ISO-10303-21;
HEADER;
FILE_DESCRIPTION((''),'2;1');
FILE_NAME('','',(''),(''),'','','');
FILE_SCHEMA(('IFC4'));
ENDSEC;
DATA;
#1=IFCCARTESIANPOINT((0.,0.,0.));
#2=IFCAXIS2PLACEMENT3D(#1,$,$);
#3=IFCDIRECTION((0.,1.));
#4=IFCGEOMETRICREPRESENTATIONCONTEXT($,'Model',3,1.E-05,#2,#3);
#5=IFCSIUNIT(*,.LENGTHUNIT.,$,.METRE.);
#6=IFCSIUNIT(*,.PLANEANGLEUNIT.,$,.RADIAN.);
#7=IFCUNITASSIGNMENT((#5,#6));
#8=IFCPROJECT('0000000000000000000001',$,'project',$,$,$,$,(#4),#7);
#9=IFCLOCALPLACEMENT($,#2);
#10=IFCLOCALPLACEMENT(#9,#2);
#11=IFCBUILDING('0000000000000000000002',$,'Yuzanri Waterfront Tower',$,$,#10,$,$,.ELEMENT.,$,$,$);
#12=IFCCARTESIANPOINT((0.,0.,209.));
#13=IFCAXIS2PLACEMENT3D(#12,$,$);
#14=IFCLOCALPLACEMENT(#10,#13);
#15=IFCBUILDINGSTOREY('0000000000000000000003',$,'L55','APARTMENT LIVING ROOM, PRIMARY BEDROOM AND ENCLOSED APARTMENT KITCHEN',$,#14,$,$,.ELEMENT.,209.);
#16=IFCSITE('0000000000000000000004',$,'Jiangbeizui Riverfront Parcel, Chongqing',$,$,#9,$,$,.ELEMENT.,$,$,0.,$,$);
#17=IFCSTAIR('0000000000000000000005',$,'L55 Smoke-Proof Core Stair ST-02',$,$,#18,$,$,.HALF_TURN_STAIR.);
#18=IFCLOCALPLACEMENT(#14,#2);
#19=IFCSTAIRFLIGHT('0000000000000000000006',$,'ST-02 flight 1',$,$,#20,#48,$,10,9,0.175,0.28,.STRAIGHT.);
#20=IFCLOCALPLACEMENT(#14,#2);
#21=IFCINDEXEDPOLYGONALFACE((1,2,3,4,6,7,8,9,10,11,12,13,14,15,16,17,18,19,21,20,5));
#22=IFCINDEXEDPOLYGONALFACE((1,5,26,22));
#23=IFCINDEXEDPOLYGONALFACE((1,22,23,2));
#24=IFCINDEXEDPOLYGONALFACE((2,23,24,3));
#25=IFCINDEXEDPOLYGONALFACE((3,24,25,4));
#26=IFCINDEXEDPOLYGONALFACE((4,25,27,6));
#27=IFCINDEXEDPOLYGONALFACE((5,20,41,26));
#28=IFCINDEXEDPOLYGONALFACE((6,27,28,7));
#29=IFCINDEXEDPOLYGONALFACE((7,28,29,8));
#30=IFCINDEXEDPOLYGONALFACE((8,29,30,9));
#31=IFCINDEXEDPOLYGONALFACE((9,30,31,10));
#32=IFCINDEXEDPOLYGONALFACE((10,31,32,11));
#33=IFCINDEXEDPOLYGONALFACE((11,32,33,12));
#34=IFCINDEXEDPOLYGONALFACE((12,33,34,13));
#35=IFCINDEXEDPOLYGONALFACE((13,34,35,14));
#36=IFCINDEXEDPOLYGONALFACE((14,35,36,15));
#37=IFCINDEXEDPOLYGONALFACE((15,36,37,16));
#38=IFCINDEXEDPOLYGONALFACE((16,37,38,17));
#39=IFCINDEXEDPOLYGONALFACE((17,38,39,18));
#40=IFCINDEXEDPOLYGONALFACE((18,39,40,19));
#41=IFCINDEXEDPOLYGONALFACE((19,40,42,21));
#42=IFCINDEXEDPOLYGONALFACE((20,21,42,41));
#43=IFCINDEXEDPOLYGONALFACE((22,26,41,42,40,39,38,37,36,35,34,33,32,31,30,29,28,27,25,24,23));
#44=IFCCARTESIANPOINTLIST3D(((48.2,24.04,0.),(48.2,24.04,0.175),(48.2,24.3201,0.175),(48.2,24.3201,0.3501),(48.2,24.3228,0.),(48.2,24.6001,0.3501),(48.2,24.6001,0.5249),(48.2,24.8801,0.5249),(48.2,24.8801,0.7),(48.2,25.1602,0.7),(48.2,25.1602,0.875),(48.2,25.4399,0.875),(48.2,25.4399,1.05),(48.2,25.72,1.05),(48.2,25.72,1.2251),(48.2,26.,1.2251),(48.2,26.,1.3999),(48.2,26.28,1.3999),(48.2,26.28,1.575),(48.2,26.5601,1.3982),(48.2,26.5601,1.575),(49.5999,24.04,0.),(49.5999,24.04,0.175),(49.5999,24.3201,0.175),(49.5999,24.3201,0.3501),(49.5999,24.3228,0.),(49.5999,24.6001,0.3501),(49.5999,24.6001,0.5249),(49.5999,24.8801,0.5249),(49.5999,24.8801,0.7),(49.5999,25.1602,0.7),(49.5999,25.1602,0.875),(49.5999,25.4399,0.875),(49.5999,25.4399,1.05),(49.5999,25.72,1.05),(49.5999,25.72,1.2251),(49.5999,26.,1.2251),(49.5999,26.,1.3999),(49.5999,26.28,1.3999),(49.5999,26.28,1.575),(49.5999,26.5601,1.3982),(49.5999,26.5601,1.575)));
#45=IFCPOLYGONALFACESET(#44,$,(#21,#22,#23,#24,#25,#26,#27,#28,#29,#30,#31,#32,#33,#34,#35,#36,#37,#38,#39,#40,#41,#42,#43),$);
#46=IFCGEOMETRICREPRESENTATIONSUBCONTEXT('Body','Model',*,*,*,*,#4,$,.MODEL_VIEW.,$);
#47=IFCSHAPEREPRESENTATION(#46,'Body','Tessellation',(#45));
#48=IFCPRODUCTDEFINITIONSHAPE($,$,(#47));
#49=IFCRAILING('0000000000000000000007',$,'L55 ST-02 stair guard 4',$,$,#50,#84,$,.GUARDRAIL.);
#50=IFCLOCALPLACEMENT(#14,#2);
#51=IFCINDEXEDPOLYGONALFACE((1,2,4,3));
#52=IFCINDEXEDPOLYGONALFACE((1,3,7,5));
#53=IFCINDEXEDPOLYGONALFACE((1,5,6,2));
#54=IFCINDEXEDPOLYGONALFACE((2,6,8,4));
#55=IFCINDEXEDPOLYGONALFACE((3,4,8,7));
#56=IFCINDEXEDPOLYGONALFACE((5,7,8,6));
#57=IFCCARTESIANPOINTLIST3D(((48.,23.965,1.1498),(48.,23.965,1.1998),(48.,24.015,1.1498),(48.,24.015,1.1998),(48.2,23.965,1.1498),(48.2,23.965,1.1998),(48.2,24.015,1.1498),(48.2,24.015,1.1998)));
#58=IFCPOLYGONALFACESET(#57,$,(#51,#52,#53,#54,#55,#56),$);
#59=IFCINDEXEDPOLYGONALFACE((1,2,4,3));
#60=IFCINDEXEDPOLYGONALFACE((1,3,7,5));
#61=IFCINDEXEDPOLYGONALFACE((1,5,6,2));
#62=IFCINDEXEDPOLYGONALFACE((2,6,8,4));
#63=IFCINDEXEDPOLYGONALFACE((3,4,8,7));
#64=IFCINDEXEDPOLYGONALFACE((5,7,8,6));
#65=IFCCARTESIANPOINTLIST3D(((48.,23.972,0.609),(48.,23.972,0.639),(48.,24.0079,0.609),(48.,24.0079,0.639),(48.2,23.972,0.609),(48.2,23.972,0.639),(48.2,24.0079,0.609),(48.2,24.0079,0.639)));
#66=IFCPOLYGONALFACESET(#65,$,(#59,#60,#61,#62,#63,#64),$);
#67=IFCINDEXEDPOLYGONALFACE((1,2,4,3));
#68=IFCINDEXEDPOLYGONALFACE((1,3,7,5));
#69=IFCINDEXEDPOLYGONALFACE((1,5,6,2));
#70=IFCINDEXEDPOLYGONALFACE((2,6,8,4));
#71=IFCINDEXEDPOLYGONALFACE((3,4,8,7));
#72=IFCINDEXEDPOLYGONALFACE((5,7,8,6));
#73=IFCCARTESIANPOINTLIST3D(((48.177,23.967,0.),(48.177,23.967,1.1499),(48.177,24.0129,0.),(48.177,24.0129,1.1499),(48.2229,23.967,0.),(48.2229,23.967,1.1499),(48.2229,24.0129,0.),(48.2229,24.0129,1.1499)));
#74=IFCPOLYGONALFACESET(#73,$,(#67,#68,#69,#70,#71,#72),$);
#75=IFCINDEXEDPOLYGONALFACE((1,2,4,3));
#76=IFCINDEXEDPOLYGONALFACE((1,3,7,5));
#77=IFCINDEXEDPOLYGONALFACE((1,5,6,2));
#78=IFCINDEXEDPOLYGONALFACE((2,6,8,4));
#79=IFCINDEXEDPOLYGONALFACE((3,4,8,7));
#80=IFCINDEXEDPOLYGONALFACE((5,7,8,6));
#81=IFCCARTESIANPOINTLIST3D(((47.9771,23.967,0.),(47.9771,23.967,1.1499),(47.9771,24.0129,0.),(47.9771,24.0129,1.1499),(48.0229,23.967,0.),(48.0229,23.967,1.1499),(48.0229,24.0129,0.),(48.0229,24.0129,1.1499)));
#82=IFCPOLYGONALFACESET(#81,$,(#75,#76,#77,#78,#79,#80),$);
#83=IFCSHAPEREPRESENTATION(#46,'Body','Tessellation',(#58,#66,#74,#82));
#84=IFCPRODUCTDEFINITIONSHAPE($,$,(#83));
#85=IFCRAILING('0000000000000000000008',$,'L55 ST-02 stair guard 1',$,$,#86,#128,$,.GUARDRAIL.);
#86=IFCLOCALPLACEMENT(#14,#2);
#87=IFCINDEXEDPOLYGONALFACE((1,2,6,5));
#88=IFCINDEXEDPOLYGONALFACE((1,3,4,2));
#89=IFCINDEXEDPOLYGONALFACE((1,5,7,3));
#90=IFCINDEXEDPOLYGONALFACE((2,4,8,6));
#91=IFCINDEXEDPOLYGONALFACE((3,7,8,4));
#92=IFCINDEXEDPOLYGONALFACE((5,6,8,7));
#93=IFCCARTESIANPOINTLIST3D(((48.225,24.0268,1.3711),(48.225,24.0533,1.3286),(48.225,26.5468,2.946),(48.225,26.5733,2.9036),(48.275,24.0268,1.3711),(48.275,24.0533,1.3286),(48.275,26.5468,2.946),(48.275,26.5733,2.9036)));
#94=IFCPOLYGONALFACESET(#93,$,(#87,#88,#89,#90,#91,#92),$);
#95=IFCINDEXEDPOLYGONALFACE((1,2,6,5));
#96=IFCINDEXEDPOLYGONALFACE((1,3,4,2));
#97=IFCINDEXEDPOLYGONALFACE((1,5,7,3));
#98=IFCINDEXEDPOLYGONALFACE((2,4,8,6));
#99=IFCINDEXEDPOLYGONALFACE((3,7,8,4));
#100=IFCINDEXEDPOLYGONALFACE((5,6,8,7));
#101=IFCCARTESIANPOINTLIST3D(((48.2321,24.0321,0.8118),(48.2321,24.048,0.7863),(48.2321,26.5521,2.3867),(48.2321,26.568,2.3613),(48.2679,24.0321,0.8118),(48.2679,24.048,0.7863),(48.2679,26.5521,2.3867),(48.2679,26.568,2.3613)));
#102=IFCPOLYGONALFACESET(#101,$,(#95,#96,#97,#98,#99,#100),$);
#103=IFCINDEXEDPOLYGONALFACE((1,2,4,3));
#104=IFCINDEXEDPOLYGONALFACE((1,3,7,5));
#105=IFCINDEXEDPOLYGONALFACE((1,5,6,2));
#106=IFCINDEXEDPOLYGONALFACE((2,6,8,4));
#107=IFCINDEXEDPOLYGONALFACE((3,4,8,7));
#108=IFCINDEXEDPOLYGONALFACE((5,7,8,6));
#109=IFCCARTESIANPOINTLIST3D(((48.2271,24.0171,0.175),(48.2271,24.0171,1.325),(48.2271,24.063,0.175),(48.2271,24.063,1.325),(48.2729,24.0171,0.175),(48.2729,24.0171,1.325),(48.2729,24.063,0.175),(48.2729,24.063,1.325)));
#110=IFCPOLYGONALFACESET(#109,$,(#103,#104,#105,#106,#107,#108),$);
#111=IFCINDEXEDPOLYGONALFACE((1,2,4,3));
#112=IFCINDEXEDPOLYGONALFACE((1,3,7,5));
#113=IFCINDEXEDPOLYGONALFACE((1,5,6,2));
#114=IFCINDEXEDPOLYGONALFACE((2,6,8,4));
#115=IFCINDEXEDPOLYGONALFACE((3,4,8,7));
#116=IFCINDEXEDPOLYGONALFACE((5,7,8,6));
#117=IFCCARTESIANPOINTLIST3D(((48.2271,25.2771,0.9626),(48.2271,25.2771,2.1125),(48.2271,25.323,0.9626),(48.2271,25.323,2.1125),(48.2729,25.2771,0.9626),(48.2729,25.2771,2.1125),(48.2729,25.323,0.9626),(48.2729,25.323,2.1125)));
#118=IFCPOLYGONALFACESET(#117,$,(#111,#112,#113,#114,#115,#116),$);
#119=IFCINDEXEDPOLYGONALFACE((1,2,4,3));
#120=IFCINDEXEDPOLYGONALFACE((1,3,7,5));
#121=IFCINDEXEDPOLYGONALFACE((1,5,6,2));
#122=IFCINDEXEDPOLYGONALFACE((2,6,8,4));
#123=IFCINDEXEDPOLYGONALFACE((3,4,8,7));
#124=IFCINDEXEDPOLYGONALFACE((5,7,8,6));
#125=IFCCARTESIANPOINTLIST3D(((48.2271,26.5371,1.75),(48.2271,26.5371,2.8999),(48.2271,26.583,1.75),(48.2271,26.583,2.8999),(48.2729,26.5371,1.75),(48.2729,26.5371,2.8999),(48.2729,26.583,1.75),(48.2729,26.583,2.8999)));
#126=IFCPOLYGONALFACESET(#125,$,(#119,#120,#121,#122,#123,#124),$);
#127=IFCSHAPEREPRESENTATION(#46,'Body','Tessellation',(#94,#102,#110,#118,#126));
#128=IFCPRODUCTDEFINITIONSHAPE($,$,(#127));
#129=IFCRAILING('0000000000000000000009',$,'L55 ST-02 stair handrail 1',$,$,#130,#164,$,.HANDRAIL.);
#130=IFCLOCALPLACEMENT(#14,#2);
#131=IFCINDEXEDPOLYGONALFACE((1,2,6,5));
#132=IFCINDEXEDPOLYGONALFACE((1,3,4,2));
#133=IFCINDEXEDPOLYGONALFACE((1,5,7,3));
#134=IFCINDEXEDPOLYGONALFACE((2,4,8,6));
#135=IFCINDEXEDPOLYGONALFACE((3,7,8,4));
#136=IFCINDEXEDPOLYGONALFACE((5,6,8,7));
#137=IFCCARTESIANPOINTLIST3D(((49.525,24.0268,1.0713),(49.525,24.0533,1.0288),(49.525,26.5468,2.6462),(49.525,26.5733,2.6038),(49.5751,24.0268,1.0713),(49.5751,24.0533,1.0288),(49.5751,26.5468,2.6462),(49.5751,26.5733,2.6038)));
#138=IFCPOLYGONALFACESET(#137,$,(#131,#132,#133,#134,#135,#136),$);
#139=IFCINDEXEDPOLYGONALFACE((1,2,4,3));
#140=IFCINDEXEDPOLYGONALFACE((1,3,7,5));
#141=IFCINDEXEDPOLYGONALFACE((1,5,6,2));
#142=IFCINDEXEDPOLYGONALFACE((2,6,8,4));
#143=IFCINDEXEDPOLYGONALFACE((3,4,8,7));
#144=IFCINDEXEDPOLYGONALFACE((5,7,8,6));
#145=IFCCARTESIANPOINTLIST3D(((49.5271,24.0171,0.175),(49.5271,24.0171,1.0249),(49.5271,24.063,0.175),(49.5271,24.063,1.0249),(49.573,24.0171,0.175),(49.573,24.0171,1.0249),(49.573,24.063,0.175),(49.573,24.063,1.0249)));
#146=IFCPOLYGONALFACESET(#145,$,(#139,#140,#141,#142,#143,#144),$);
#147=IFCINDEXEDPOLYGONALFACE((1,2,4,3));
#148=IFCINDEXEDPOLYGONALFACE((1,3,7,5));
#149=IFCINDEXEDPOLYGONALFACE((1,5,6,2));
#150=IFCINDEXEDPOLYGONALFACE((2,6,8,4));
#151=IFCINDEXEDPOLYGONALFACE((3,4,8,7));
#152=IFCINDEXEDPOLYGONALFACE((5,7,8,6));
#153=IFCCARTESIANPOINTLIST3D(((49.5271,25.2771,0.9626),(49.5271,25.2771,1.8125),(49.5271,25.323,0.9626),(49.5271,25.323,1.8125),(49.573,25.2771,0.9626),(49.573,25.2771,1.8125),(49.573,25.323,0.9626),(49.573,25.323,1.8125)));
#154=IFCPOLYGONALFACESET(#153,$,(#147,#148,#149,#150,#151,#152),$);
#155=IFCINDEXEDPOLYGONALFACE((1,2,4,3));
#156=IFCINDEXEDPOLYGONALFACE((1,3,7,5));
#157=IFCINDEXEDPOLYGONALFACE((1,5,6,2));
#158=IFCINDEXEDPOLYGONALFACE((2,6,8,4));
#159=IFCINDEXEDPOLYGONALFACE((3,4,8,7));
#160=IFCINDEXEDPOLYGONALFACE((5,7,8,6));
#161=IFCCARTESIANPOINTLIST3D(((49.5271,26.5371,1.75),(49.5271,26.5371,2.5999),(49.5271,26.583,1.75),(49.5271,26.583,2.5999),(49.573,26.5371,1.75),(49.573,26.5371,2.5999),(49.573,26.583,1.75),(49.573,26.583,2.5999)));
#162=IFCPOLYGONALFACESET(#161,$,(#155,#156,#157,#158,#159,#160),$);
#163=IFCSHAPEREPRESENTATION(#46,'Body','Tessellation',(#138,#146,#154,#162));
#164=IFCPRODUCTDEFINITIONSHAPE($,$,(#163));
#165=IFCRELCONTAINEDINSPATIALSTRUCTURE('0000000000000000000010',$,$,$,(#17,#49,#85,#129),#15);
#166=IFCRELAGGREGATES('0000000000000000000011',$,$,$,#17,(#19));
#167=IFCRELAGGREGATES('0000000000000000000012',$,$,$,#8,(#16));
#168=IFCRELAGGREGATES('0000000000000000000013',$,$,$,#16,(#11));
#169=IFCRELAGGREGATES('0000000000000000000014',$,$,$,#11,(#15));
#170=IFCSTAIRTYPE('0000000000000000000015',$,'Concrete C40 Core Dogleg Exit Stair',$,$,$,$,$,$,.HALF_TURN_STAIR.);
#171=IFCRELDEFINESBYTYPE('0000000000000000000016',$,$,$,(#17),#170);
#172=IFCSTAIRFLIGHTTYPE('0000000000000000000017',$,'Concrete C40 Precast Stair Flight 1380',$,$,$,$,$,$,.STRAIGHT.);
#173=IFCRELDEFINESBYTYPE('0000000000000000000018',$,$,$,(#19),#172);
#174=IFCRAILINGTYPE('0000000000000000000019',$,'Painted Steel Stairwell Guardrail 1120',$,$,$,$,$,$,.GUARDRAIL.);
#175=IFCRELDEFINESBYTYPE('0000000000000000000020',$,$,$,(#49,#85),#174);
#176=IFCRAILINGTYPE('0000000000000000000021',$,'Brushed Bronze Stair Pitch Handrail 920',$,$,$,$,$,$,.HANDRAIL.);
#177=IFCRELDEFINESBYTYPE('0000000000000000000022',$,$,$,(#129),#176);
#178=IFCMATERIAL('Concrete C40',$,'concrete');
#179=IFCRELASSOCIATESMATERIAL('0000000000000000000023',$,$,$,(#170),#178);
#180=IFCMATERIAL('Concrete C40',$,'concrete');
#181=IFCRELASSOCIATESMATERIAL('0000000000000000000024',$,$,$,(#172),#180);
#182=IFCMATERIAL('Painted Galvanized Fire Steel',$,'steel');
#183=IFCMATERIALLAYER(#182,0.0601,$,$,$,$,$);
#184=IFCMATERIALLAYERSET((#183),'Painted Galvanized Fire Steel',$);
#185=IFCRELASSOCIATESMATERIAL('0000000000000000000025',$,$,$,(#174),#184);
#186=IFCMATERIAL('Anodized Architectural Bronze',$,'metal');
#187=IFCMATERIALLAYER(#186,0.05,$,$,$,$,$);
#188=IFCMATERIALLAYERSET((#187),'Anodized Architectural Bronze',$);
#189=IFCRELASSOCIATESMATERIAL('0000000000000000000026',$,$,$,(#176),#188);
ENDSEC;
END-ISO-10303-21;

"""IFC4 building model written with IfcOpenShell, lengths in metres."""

from ifc_helpers import new_model, si_unit, direction, frame, origin, origin_2d, place, context, subcontext, project, spatial, polyline, rectangle, outline, extrude, source, transform, mapped, material, layer, layer_set, type_object, element, aggregate, save


model = new_model("IFC4")

# Units and contexts
model_context = context("Model", 3, precision=1e-05, world=origin(), true_north=direction((0.0, 1.0)))
body_context = subcontext(model_context, "Body", "Model", "MODEL_VIEW")
ifc_project = project(units=[si_unit("LENGTHUNIT", "METRE"), si_unit("PLANEANGLEUNIT", "RADIAN")], contexts=[model_context])

# Site, building, storey
site_placement = place(None, origin())
site = spatial("IfcSite", under=ifc_project, at=site_placement, Name="Jiangbeizui Riverfront Parcel, Chongqing", CompositionType="ELEMENT", RefElevation=0.0)
building_placement = place(site_placement, origin())
building = spatial("IfcBuilding", under=site, at=building_placement, Name="Yuzanri Waterfront Tower", CompositionType="ELEMENT")
storey_placement = place(building_placement, frame((0.0, 0.0, 209.0)))
storey = spatial("IfcBuildingStorey", under=building, at=storey_placement, Name="L55", Description="APARTMENT LIVING ROOM, PRIMARY BEDROOM AND ENCLOSED APARTMENT KITCHEN", CompositionType="ELEMENT", Elevation=209.0)

# Stair, stair flight
ifc_material_1 = material(Name="Concrete C40", Category="concrete")
stair_type = type_object("IfcStairType", Name="Concrete C40 Core Dogleg Exit Stair", PredefinedType="HALF_TURN_STAIR", material=ifc_material_1)
stair_placement = place(storey_placement, origin())
stair = element("IfcStair", 1, at=stair_placement, inside=storey, type_object=stair_type, Name="L55 Smoke-Proof Core Stair ST-02", PredefinedType="HALF_TURN_STAIR")
ifc_material_2 = material(Name="Concrete C40", Category="concrete")
stair_flight_type = type_object("IfcStairFlightType", Name="Concrete C40 Precast Stair Flight 1380", PredefinedType="STRAIGHT", material=ifc_material_2)
shared_shape_1 = source(origin(), body_context, "Body", "SweptSolid", [
    extrude(outline(polyline([(0.0, 0.0), (0.0, 0.175), (0.28, 0.175), (0.28, 0.3501), (0.5601, 0.3501), (0.5601, 0.5249), (0.8401, 0.5249), (0.8401, 0.7), (1.1201, 0.7), (1.1201, 0.875), (1.3999, 0.875), (1.3999, 1.05), (1.6799, 1.05), (1.6799, 1.2251), (1.96, 1.2251), (1.96, 1.3999), (2.24, 1.3999), (2.24, 1.575), (2.52, 1.575), (2.52, 1.75), (2.52, 1.3982), (0.2827, 0.0), (0.0, 0.0)])), frame((0.0, 0.7, 0.0), z_axis=(0.0, -1.0, 0.0), x_axis=(1.0, 0.0, 0.0)), (0.0, 0.0, 1.0), 1.3999),
])
stair_flight_placement = place(storey_placement, frame((48.8999, 24.04, 0.0), z_axis=(0.0, 0.0, 1.0), x_axis=(0.0, 1.0, 0.0)))
stair_flight = element("IfcStairFlight", 2, at=stair_flight_placement, type_object=stair_flight_type, Name="ST-02 flight 1", NumberOfRisers=10, NumberOfTreads=9, PredefinedType="STRAIGHT", RiserHeight=0.175, TreadLength=0.28, context=body_context, shape_type="MappedRepresentation", body=[
    mapped(shared_shape_1, transform((0.0, 0.0, 0.0), scale=1.0)),
])
aggregate(stair, [stair_flight])

# Railings
ifc_material_3 = material(Name="Painted Galvanized Fire Steel", Category="steel")
ifc_layer_1 = layer(ifc_material_3, 0.0601)
ifc_layer_set_1 = layer_set([ifc_layer_1], Name="Painted Galvanized Fire Steel")
railing_type_1 = type_object("IfcRailingType", Name="Painted Steel Stairwell Guardrail 1120", PredefinedType="GUARDRAIL", material=ifc_layer_set_1)
shared_shape_2 = source(origin(), body_context, "Body", "SweptSolid", [
    extrude(rectangle(XDim=0.05, YDim=0.05, at=origin_2d()), frame((0.0, 0.0, 1.1748), z_axis=(-1.0, 0.0, 0.0), x_axis=(0.0, -1.0, 0.0)), (0.0, 0.0, 1.0), 0.2),
    extrude(rectangle(XDim=0.0359, YDim=0.03, at=origin_2d()), frame((0.0, 0.0, 0.624), z_axis=(-1.0, 0.0, 0.0), x_axis=(0.0, -1.0, 0.0)), (0.0, 0.0, 1.0), 0.2),
    extrude(rectangle(XDim=0.0459, YDim=0.0459, at=origin_2d()), origin(), (0.0, 0.0, 1.0), 1.1499),
    extrude(rectangle(XDim=0.0459, YDim=0.0459, at=origin_2d()), frame((-0.2, 0.0, 0.0)), (0.0, 0.0, 1.0), 1.1499),
])
railing_1_placement = place(storey_placement, frame((48.2, 23.99, 0.0)))
element("IfcRailing", 3, at=railing_1_placement, inside=storey, type_object=railing_type_1, Name="L55 ST-02 stair guard 4", PredefinedType="GUARDRAIL", context=body_context, shape_type="MappedRepresentation", body=[
    mapped(shared_shape_2, transform((0.0, 0.0, 0.0), scale=1.0)),
])
shared_shape_3 = source(origin(), body_context, "Body", "SweptSolid", [
    extrude(rectangle(XDim=0.05, YDim=0.05, at=origin_2d()), frame((0.0, 0.0, 1.1748), z_axis=(0.0, 0.848008, 0.529984), x_axis=(-1.0, 0.0, 0.0)), (0.0, 0.0, 1.0), 2.9717),
    extrude(rectangle(XDim=0.0359, YDim=0.03, at=origin_2d()), frame((0.0, 0.0, 0.624), z_axis=(0.0, 0.848008, 0.529984), x_axis=(-1.0, 0.0, 0.0)), (0.0, 0.0, 1.0), 2.9717),
    extrude(rectangle(XDim=0.0459, YDim=0.0459, at=origin_2d()), origin(), (0.0, 0.0, 1.0), 1.1499),
    extrude(rectangle(XDim=0.0459, YDim=0.0459, at=origin_2d()), frame((0.0, 1.26, 0.7876)), (0.0, 0.0, 1.0), 1.1499),
    extrude(rectangle(XDim=0.0459, YDim=0.0459, at=origin_2d()), frame((0.0, 2.52, 1.575)), (0.0, 0.0, 1.0), 1.1499),
])
railing_2_placement = place(storey_placement, frame((48.25, 24.04, 0.175)))
element("IfcRailing", 4, at=railing_2_placement, inside=storey, type_object=railing_type_1, Name="L55 ST-02 stair guard 1", PredefinedType="GUARDRAIL", context=body_context, shape_type="MappedRepresentation", body=[
    mapped(shared_shape_3, transform((0.0, 0.0, 0.0), scale=1.0)),
])
ifc_material_4 = material(Name="Anodized Architectural Bronze", Category="metal")
ifc_layer_2 = layer(ifc_material_4, 0.05)
ifc_layer_set_2 = layer_set([ifc_layer_2], Name="Anodized Architectural Bronze")
railing_type_2 = type_object("IfcRailingType", Name="Brushed Bronze Stair Pitch Handrail 920", PredefinedType="HANDRAIL", material=ifc_layer_set_2)
shared_shape_4 = source(origin(), body_context, "Body", "SweptSolid", [
    extrude(rectangle(XDim=0.05, YDim=0.05, at=origin_2d()), frame((0.0, 0.0, 0.875), z_axis=(0.0, 0.848008, 0.529984), x_axis=(-1.0, 0.0, 0.0)), (0.0, 0.0, 1.0), 2.9717),
    extrude(rectangle(XDim=0.0459, YDim=0.0459, at=origin_2d()), origin(), (0.0, 0.0, 1.0), 0.8499),
    extrude(rectangle(XDim=0.0459, YDim=0.0459, at=origin_2d()), frame((0.0, 1.26, 0.7876)), (0.0, 0.0, 1.0), 0.8499),
    extrude(rectangle(XDim=0.0459, YDim=0.0459, at=origin_2d()), frame((0.0, 2.52, 1.575)), (0.0, 0.0, 1.0), 0.8499),
])
railing_3_placement = place(storey_placement, frame((49.55, 24.04, 0.175)))
element("IfcRailing", 5, at=railing_3_placement, inside=storey, type_object=railing_type_2, Name="L55 ST-02 stair handrail 1", PredefinedType="HANDRAIL", context=body_context, shape_type="MappedRepresentation", body=[
    mapped(shared_shape_4, transform((0.0, 0.0, 0.0), scale=1.0)),
])

save(model, "model.ifc")
